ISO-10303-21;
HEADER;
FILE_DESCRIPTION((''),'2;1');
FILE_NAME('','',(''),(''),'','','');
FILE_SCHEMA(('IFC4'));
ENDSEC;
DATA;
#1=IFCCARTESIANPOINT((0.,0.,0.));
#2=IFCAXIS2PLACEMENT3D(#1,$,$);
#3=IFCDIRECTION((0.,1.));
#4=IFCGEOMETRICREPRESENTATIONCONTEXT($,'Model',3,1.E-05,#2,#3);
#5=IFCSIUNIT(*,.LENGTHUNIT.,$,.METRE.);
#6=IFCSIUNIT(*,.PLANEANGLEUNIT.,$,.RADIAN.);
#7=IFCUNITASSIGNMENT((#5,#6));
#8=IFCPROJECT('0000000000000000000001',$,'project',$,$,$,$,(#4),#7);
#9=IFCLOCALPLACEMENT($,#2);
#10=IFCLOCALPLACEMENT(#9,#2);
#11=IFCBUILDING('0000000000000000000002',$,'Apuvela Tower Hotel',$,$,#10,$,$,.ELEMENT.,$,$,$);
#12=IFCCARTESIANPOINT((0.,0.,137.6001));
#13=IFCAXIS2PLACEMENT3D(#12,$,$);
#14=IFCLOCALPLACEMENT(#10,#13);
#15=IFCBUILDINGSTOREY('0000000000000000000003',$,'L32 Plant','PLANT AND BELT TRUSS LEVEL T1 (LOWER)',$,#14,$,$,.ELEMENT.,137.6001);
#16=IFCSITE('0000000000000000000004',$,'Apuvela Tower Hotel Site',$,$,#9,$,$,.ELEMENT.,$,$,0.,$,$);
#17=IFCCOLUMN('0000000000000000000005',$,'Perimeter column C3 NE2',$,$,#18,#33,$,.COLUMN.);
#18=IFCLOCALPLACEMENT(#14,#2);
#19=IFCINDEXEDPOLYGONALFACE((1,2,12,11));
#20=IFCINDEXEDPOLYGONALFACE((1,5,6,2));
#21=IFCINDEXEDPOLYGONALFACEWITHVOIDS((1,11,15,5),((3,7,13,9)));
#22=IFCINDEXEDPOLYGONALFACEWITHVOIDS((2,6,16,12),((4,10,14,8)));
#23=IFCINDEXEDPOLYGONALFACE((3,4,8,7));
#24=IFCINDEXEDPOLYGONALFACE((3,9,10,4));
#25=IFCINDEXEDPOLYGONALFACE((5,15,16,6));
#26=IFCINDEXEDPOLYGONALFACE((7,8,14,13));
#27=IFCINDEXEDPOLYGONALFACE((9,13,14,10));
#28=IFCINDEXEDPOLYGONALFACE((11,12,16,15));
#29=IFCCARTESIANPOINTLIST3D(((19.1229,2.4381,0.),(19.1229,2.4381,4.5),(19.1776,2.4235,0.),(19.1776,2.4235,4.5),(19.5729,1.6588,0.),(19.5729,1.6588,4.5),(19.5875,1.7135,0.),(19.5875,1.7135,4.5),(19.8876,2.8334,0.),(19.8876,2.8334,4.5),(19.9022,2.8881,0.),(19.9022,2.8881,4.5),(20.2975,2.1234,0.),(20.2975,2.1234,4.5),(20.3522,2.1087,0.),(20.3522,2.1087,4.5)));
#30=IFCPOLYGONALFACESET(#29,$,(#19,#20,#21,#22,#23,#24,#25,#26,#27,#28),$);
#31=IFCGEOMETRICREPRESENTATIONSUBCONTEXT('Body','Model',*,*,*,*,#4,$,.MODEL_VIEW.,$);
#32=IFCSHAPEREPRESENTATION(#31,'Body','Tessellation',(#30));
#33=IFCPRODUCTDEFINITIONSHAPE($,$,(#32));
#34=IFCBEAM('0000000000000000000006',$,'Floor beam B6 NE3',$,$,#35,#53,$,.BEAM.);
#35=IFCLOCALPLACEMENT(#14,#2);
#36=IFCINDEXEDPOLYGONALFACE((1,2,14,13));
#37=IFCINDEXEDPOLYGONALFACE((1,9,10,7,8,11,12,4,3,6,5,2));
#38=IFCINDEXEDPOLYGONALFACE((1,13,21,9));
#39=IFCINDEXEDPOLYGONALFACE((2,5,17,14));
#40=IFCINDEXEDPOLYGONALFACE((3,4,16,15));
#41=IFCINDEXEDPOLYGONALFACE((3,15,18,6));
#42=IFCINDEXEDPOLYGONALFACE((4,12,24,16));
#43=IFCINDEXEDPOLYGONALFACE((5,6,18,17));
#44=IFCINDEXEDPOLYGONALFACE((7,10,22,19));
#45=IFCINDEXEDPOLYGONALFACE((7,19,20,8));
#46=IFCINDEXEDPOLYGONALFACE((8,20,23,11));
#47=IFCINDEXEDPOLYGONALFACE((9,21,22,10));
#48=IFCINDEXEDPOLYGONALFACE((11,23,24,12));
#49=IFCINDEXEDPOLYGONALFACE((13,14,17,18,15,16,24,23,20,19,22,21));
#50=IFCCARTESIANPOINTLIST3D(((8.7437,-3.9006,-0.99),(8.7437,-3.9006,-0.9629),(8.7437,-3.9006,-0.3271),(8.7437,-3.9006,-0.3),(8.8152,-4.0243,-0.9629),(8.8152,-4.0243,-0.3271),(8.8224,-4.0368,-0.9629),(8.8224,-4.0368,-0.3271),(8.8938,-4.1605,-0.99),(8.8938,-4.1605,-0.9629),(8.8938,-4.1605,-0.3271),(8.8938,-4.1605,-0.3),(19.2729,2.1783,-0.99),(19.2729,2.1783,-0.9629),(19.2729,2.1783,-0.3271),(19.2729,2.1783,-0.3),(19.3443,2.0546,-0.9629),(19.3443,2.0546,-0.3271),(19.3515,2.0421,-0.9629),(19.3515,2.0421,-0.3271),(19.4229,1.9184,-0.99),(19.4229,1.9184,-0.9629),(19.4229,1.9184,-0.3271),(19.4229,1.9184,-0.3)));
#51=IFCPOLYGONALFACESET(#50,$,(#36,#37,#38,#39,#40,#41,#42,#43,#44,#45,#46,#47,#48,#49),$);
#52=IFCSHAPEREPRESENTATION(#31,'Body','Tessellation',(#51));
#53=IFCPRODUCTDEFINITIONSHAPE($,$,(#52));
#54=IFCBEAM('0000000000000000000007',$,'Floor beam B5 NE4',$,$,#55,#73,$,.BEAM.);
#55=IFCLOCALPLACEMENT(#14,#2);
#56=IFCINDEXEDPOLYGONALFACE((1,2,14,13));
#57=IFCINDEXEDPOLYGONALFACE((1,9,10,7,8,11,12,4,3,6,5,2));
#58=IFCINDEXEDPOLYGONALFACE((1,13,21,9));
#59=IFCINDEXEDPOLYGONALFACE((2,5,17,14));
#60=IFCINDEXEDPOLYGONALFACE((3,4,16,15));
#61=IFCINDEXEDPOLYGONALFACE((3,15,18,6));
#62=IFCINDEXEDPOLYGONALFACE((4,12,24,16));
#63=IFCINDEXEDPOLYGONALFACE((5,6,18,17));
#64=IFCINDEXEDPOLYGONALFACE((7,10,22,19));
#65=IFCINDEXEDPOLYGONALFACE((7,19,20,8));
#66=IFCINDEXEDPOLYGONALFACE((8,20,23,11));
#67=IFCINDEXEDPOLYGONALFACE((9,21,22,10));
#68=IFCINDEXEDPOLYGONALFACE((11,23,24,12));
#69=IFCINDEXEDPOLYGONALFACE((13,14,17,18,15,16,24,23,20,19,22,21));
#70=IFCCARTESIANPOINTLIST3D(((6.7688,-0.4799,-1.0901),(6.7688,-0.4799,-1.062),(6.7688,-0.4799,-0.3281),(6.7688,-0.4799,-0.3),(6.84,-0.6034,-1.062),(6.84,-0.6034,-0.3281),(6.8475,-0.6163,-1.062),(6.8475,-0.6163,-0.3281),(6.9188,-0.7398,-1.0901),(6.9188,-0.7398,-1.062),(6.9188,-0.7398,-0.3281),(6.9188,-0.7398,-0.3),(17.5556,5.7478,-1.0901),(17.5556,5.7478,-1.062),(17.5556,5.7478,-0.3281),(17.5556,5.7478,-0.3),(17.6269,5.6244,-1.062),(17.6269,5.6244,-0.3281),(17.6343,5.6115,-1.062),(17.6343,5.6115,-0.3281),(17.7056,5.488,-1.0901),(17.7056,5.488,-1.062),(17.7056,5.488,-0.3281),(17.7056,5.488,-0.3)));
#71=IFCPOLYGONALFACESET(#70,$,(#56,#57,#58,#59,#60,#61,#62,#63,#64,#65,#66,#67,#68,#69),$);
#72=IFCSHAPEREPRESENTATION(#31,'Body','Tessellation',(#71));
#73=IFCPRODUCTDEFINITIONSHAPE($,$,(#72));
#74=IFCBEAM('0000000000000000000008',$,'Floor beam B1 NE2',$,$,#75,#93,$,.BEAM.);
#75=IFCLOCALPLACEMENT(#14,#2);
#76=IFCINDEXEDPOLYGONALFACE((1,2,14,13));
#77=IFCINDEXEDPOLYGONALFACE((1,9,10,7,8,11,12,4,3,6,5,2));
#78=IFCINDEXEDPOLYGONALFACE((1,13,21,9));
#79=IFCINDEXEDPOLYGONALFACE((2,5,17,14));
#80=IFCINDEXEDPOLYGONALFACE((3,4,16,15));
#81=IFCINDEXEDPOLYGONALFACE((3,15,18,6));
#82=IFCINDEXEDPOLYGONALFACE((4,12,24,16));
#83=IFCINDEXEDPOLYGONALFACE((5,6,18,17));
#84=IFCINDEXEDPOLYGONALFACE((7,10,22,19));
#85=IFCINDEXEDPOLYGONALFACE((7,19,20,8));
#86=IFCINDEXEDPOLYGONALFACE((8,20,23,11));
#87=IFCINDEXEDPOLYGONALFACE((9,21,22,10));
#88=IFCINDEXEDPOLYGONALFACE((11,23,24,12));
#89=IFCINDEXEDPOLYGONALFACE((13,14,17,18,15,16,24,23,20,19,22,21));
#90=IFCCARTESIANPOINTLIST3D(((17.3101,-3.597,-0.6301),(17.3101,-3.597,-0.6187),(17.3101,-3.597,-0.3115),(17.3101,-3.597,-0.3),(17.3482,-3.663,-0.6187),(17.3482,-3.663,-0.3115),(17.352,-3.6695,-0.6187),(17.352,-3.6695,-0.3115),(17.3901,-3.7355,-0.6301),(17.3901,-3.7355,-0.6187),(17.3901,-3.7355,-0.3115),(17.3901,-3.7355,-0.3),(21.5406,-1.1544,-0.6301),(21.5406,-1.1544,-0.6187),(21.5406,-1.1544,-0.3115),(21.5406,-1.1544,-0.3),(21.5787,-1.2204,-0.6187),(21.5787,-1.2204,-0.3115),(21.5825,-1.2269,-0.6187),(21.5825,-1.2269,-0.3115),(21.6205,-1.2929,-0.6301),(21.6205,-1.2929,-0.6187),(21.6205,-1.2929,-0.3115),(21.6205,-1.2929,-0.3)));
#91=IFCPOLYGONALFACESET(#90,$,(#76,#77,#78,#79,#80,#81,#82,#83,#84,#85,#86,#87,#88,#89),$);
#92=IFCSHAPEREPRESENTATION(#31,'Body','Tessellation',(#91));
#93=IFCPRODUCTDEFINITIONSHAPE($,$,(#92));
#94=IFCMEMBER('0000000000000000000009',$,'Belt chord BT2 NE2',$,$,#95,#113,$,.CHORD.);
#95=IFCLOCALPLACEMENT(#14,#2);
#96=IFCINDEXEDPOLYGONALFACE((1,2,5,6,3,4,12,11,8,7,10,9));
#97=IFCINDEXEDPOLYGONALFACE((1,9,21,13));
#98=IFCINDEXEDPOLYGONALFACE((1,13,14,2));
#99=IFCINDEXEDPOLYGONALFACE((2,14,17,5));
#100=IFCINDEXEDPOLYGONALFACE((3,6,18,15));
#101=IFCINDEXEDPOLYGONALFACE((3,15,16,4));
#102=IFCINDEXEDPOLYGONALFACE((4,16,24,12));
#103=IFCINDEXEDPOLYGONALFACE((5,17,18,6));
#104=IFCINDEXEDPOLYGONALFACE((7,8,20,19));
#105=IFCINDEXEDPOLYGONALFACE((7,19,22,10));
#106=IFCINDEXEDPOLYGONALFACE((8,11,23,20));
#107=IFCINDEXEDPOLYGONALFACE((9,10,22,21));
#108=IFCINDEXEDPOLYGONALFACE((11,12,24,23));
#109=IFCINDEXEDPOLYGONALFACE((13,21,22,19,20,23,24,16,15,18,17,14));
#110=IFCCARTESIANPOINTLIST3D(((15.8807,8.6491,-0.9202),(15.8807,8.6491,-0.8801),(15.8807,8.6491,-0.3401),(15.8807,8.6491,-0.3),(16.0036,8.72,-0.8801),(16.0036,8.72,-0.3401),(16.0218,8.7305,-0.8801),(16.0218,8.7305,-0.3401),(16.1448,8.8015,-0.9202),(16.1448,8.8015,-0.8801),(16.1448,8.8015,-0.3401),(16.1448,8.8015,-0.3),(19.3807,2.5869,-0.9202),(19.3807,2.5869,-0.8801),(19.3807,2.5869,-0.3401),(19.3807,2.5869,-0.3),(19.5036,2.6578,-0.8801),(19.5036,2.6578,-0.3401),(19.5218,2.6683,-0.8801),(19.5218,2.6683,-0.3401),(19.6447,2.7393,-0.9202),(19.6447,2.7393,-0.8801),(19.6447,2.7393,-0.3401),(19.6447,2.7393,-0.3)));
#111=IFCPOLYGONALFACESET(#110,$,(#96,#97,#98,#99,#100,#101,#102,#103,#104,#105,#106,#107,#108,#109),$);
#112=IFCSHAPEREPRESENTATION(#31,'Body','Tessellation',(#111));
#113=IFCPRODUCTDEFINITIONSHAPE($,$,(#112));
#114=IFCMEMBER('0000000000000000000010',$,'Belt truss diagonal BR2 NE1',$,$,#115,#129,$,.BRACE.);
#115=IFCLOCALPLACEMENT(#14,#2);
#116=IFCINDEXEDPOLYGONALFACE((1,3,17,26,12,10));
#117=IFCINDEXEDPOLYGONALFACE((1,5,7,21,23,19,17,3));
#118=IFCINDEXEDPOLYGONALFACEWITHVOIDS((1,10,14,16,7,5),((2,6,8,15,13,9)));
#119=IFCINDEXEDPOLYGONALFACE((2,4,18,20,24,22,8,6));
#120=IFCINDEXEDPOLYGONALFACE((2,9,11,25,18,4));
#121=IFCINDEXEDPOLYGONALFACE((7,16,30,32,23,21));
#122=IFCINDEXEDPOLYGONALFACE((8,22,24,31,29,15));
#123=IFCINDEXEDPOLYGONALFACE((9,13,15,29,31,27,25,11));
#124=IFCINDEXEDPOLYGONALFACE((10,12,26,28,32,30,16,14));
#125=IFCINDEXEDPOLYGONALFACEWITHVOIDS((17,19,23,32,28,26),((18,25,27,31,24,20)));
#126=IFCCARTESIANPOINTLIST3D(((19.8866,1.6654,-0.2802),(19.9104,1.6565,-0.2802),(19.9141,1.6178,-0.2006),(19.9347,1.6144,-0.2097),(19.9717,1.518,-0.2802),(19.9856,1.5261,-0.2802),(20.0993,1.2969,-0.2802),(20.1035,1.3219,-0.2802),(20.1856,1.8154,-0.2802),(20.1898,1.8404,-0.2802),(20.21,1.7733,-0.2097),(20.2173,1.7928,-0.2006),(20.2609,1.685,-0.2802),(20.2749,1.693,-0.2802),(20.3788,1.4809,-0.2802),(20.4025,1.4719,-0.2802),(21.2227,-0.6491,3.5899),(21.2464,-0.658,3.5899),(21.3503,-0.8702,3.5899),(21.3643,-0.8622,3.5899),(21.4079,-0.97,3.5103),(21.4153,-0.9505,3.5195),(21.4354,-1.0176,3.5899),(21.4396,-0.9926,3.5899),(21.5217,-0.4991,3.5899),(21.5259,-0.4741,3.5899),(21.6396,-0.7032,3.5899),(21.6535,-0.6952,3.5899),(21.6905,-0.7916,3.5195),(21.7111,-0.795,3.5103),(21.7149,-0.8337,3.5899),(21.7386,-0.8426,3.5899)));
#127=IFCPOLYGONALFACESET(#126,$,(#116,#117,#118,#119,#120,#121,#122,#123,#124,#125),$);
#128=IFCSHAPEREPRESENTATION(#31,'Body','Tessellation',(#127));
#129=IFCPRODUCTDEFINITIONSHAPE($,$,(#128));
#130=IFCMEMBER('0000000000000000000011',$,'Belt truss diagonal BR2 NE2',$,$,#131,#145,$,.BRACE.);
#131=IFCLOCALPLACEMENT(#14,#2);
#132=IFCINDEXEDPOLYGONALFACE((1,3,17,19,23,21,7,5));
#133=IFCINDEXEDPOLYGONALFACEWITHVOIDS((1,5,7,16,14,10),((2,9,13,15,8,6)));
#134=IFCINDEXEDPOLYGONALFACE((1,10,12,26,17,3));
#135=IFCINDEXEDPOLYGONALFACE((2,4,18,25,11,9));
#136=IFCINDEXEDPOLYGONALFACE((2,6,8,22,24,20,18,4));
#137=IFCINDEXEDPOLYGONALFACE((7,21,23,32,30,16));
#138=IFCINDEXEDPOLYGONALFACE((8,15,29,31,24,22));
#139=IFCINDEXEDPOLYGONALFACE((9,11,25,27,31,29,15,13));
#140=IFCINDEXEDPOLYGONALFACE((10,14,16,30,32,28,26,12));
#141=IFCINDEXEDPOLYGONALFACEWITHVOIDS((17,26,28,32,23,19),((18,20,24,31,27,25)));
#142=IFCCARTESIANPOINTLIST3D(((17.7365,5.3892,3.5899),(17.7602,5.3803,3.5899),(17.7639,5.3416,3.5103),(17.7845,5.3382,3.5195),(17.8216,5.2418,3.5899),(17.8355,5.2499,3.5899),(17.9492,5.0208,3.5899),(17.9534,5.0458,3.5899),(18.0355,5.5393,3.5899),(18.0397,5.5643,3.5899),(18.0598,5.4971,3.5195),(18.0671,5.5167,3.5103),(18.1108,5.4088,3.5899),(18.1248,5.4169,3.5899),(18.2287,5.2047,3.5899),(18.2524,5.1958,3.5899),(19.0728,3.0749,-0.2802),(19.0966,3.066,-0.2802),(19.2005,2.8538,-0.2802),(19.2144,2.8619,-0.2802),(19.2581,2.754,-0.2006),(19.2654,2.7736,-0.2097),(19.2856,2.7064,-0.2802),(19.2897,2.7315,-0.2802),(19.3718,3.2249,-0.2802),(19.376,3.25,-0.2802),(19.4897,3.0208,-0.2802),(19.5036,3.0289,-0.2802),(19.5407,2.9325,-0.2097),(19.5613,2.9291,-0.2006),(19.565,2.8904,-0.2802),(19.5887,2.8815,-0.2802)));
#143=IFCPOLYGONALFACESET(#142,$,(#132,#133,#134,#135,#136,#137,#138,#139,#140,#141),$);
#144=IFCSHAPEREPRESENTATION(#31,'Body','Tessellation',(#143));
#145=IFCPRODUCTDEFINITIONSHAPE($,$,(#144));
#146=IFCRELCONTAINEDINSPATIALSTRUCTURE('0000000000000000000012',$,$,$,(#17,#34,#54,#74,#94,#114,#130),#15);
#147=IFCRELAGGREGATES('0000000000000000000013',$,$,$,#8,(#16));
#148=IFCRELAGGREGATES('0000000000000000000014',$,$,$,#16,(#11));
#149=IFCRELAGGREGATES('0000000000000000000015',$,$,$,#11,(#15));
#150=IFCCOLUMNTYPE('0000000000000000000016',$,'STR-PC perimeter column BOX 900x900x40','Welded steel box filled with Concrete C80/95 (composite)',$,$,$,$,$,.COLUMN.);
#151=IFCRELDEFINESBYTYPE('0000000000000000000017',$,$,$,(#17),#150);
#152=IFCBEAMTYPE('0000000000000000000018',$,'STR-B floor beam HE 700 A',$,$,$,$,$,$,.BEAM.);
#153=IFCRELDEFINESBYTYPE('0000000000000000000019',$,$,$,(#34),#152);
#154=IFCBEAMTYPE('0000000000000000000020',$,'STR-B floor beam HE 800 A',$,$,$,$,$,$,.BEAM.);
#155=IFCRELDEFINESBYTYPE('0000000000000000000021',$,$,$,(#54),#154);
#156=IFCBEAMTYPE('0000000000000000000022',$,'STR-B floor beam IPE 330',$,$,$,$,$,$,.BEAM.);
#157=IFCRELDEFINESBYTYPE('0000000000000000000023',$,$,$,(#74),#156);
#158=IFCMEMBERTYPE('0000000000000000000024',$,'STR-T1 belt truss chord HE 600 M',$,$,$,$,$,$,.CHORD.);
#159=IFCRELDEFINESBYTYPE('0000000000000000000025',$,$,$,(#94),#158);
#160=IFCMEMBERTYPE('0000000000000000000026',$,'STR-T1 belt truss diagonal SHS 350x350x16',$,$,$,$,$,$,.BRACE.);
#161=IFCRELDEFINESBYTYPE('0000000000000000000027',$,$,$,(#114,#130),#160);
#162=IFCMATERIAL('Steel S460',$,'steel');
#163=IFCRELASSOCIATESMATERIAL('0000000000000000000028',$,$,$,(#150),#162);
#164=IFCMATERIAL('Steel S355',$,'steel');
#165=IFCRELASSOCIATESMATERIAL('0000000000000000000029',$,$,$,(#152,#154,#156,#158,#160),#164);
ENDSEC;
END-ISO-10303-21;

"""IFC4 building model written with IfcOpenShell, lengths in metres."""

from ifc_helpers import new_model, si_unit, direction, frame, origin, origin_2d, place, context, subcontext, project, spatial, rectangle, hollow_rectangle, i_section, extrude, boolean, halfspace, material, material_profile, profile_set, type_object, element, save


model = new_model("IFC4")

# Units and contexts
model_context = context("Model", 3, precision=1e-05, world=origin(), true_north=direction((0.0, 1.0)))
body_context = subcontext(model_context, "Body", "Model", "MODEL_VIEW")
ifc_project = project(units=[si_unit("LENGTHUNIT", "METRE"), si_unit("PLANEANGLEUNIT", "RADIAN")], contexts=[model_context])

# Site, building, storey
site_placement = place(None, origin())
site = spatial("IfcSite", under=ifc_project, at=site_placement, Name="Apuvela Tower Hotel Site", CompositionType="ELEMENT", RefElevation=0.0)
building_placement = place(site_placement, origin())
building = spatial("IfcBuilding", under=site, at=building_placement, Name="Apuvela Tower Hotel", CompositionType="ELEMENT")
storey_placement = place(building_placement, frame((0.0, 0.0, 137.6001)))
storey = spatial("IfcBuildingStorey", under=building, at=storey_placement, Name="L32 Plant", Description="PLANT AND BELT TRUSS LEVEL T1 (LOWER)", CompositionType="ELEMENT", Elevation=137.6001)

# Column
ifc_material_1 = material(Name="Steel S460", Category="steel")
ifc_material_profile_1 = material_profile(ifc_material_1, hollow_rectangle(XDim=0.8999, YDim=0.8999, WallThickness=0.04, at=origin_2d()), Name="BOX 900x900x40")
ifc_material_2 = material(Name="Concrete C80/95", Category="concrete")
ifc_material_profile_2 = material_profile(ifc_material_2, rectangle(XDim=0.8201, YDim=0.8201, at=origin_2d()), Name="Concrete C80/95 infill")
ifc_profile_set_1 = profile_set([ifc_material_profile_1, ifc_material_profile_2], Name="Steel S460")
column_type = type_object("IfcColumnType", Name="STR-PC perimeter column BOX 900x900x40", Description="Welded steel box filled with Concrete C80/95 (composite)", PredefinedType="COLUMN", material=ifc_profile_set_1)
column_placement = place(storey_placement, frame((19.7375, 2.2734, 0.0), z_axis=(0.0, 0.0, 1.0), x_axis=(-0.5, 0.866025, 0.0)))
element("IfcColumn", 1, at=column_placement, inside=storey, type_object=column_type, Name="Perimeter column C3 NE2", PredefinedType="COLUMN", context=body_context, shape_type="SweptSolid", body=[
    extrude(hollow_rectangle(XDim=0.8999, YDim=0.8999, WallThickness=0.04, at=origin_2d()), origin(), (0.0, 0.0, 1.0), 4.5),
])

# Beams
ifc_material_3 = material(Name="Steel S355", Category="steel")
ifc_material_profile_3 = material_profile(ifc_material_3, i_section(OverallWidth=0.3, OverallDepth=0.6899, WebThickness=0.0144, FlangeThickness=0.0271, at=origin_2d()), Name="HE 700 A")
ifc_profile_set_2 = profile_set([ifc_material_profile_3], Name="Steel S355")
beam_type_1 = type_object("IfcBeamType", Name="STR-B floor beam HE 700 A", PredefinedType="BEAM", material=ifc_profile_set_2)
beam_1_placement = place(storey_placement, frame((19.3479, 2.0483, -0.645), z_axis=(-0.866029, -0.499994, 0.0), x_axis=(0.499994, -0.866029, 0.0)))
element("IfcBeam", 2, at=beam_1_placement, inside=storey, type_object=beam_type_1, Name="Floor beam B6 NE3", PredefinedType="BEAM", context=body_context, shape_type="SweptSolid", body=[
    extrude(i_section(OverallWidth=0.3, OverallDepth=0.6899, WebThickness=0.0144, FlangeThickness=0.0271, at=origin_2d()), origin(), (0.0, 0.0, 1.0), 12.158),
])
ifc_material_profile_4 = material_profile(ifc_material_3, i_section(OverallWidth=0.3, OverallDepth=0.79, WebThickness=0.0149, FlangeThickness=0.0281, at=origin_2d()), Name="HE 800 A")
ifc_profile_set_3 = profile_set([ifc_material_profile_4], Name="Steel S355")
beam_type_2 = type_object("IfcBeamType", Name="STR-B floor beam HE 800 A", PredefinedType="BEAM", material=ifc_profile_set_3)
beam_2_placement = place(storey_placement, frame((17.6306, 5.6179, -0.6951), z_axis=(-0.866026, -0.499999, 0.0), x_axis=(0.499999, -0.866026, 0.0)))
element("IfcBeam", 3, at=beam_2_placement, inside=storey, type_object=beam_type_2, Name="Floor beam B5 NE4", PredefinedType="BEAM", context=body_context, shape_type="SweptSolid", body=[
    extrude(i_section(OverallWidth=0.3, OverallDepth=0.79, WebThickness=0.0149, FlangeThickness=0.0281, at=origin_2d()), origin(), (0.0, 0.0, 1.0), 12.4556),
])
ifc_material_profile_5 = material_profile(ifc_material_3, i_section(OverallWidth=0.1599, OverallDepth=0.3301, WebThickness=0.0076, FlangeThickness=0.0115, at=origin_2d()), Name="IPE 330")
ifc_profile_set_4 = profile_set([ifc_material_profile_5], Name="Steel S355")
beam_type_3 = type_object("IfcBeamType", Name="STR-B floor beam IPE 330", PredefinedType="BEAM", material=ifc_profile_set_4)
beam_3_placement = place(storey_placement, frame((21.5806, -1.2236, -0.4651), z_axis=(-0.866011, -0.500025, 0.0), x_axis=(0.500025, -0.866011, 0.0)))
element("IfcBeam", 4, at=beam_3_placement, inside=storey, type_object=beam_type_3, Name="Floor beam B1 NE2", PredefinedType="BEAM", context=body_context, shape_type="SweptSolid", body=[
    extrude(i_section(OverallWidth=0.1599, OverallDepth=0.3301, WebThickness=0.0076, FlangeThickness=0.0115, at=origin_2d()), origin(), (0.0, 0.0, 1.0), 4.885),
])

# Members
ifc_material_profile_6 = material_profile(ifc_material_3, i_section(OverallWidth=0.3049, OverallDepth=0.6201, WebThickness=0.021, FlangeThickness=0.04, at=origin_2d()), Name="HE 600 M")
ifc_profile_set_5 = profile_set([ifc_material_profile_6], Name="Steel S355")
member_type_1 = type_object("IfcMemberType", Name="STR-T1 belt truss chord HE 600 M", PredefinedType="CHORD", material=ifc_profile_set_5)
member_1_placement = place(storey_placement, frame((19.5127, 2.6631, -0.6101), z_axis=(-0.499995, 0.866028, 0.0), x_axis=(-0.866028, -0.499995, 0.0)))
element("IfcMember", 5, at=member_1_placement, inside=storey, type_object=member_type_1, Name="Belt chord BT2 NE2", PredefinedType="CHORD", context=body_context, shape_type="SweptSolid", body=[
    extrude(i_section(OverallWidth=0.3049, OverallDepth=0.6201, WebThickness=0.021, FlangeThickness=0.04, at=origin_2d()), origin(), (0.0, 0.0, 1.0), 7.0),
])
ifc_material_profile_7 = material_profile(ifc_material_3, hollow_rectangle(XDim=0.3501, YDim=0.3501, WallThickness=0.0161, at=origin_2d()), Name="SHS 350x350x16")
ifc_profile_set_6 = profile_set([ifc_material_profile_7], Name="Steel S355")
member_type_2 = type_object("IfcMemberType", Name="STR-T1 belt truss diagonal SHS 350x350x16", PredefinedType="BRACE", material=ifc_profile_set_6)
member_2_placement = place(storey_placement, frame((20.1377, 1.5806, -0.3), z_axis=(0.284085, -0.492126, 0.822865), x_axis=(-0.411385, 0.71265, 0.568236)))
solid_1 = boolean("DIFFERENCE", boolean("DIFFERENCE", extrude(hollow_rectangle(XDim=0.3501, YDim=0.3501, WallThickness=0.0161, at=origin_2d()), frame((0.0, 0.0, -0.2407)), (0.0, 0.0, 1.0), 5.2332), halfspace(frame((0.0, 0.0, 0.0242), z_axis=(0.568236, 0.0, 0.822865), x_axis=(0.822865, 0.0, -0.568236)), True)), halfspace(frame((0.0, 0.0, 4.7273), z_axis=(0.568236, 0.0, 0.822865), x_axis=(0.822865, 0.0, -0.568236)), False))
element("IfcMember", 6, at=member_2_placement, inside=storey, type_object=member_type_2, Name="Belt truss diagonal BR2 NE1", PredefinedType="BRACE", context=body_context, shape_type="SweptSolid", body=[
    boolean("UNION", boolean("DIFFERENCE", boolean("DIFFERENCE", extrude(hollow_rectangle(XDim=0.3501, YDim=0.3501, WallThickness=0.0161, at=origin_2d()), origin(), (0.0, 0.0, 1.0), 4.7515), halfspace(frame((0.0, 0.0, 0.0242), z_axis=(0.568236, 0.0, 0.822865), x_axis=(0.822865, 0.0, -0.568236)), True)), halfspace(frame((0.0, 0.0, 4.7273), z_axis=(0.568236, 0.0, 0.822865), x_axis=(0.822865, 0.0, -0.568236)), False)), solid_1),
])
member_3_placement = place(storey_placement, frame((19.3376, 2.9663, -0.3), z_axis=(-0.284139, 0.49208, 0.822874), x_axis=(0.411477, -0.712607, 0.568224)))
solid_2 = boolean("DIFFERENCE", boolean("DIFFERENCE", extrude(hollow_rectangle(XDim=0.3501, YDim=0.3501, WallThickness=0.0161, at=origin_2d()), frame((0.0, 0.0, -0.2407)), (0.0, 0.0, 1.0), 5.2332), halfspace(frame((0.0, 0.0, 0.0242), z_axis=(0.568224, 0.0, 0.822874), x_axis=(0.822874, 0.0, -0.568224)), True)), halfspace(frame((0.0, 0.0, 4.7273), z_axis=(0.568224, 0.0, 0.822874), x_axis=(0.822874, 0.0, -0.568224)), False))
element("IfcMember", 7, at=member_3_placement, inside=storey, type_object=member_type_2, Name="Belt truss diagonal BR2 NE2", PredefinedType="BRACE", context=body_context, shape_type="SweptSolid", body=[
    boolean("UNION", boolean("DIFFERENCE", boolean("DIFFERENCE", extrude(hollow_rectangle(XDim=0.3501, YDim=0.3501, WallThickness=0.0161, at=origin_2d()), origin(), (0.0, 0.0, 1.0), 4.7515), halfspace(frame((0.0, 0.0, 0.0242), z_axis=(0.568224, 0.0, 0.822874), x_axis=(0.822874, 0.0, -0.568224)), True)), halfspace(frame((0.0, 0.0, 4.7273), z_axis=(0.568224, 0.0, 0.822874), x_axis=(0.822874, 0.0, -0.568224)), False)), solid_2),
])

save(model, "model.ifc")
